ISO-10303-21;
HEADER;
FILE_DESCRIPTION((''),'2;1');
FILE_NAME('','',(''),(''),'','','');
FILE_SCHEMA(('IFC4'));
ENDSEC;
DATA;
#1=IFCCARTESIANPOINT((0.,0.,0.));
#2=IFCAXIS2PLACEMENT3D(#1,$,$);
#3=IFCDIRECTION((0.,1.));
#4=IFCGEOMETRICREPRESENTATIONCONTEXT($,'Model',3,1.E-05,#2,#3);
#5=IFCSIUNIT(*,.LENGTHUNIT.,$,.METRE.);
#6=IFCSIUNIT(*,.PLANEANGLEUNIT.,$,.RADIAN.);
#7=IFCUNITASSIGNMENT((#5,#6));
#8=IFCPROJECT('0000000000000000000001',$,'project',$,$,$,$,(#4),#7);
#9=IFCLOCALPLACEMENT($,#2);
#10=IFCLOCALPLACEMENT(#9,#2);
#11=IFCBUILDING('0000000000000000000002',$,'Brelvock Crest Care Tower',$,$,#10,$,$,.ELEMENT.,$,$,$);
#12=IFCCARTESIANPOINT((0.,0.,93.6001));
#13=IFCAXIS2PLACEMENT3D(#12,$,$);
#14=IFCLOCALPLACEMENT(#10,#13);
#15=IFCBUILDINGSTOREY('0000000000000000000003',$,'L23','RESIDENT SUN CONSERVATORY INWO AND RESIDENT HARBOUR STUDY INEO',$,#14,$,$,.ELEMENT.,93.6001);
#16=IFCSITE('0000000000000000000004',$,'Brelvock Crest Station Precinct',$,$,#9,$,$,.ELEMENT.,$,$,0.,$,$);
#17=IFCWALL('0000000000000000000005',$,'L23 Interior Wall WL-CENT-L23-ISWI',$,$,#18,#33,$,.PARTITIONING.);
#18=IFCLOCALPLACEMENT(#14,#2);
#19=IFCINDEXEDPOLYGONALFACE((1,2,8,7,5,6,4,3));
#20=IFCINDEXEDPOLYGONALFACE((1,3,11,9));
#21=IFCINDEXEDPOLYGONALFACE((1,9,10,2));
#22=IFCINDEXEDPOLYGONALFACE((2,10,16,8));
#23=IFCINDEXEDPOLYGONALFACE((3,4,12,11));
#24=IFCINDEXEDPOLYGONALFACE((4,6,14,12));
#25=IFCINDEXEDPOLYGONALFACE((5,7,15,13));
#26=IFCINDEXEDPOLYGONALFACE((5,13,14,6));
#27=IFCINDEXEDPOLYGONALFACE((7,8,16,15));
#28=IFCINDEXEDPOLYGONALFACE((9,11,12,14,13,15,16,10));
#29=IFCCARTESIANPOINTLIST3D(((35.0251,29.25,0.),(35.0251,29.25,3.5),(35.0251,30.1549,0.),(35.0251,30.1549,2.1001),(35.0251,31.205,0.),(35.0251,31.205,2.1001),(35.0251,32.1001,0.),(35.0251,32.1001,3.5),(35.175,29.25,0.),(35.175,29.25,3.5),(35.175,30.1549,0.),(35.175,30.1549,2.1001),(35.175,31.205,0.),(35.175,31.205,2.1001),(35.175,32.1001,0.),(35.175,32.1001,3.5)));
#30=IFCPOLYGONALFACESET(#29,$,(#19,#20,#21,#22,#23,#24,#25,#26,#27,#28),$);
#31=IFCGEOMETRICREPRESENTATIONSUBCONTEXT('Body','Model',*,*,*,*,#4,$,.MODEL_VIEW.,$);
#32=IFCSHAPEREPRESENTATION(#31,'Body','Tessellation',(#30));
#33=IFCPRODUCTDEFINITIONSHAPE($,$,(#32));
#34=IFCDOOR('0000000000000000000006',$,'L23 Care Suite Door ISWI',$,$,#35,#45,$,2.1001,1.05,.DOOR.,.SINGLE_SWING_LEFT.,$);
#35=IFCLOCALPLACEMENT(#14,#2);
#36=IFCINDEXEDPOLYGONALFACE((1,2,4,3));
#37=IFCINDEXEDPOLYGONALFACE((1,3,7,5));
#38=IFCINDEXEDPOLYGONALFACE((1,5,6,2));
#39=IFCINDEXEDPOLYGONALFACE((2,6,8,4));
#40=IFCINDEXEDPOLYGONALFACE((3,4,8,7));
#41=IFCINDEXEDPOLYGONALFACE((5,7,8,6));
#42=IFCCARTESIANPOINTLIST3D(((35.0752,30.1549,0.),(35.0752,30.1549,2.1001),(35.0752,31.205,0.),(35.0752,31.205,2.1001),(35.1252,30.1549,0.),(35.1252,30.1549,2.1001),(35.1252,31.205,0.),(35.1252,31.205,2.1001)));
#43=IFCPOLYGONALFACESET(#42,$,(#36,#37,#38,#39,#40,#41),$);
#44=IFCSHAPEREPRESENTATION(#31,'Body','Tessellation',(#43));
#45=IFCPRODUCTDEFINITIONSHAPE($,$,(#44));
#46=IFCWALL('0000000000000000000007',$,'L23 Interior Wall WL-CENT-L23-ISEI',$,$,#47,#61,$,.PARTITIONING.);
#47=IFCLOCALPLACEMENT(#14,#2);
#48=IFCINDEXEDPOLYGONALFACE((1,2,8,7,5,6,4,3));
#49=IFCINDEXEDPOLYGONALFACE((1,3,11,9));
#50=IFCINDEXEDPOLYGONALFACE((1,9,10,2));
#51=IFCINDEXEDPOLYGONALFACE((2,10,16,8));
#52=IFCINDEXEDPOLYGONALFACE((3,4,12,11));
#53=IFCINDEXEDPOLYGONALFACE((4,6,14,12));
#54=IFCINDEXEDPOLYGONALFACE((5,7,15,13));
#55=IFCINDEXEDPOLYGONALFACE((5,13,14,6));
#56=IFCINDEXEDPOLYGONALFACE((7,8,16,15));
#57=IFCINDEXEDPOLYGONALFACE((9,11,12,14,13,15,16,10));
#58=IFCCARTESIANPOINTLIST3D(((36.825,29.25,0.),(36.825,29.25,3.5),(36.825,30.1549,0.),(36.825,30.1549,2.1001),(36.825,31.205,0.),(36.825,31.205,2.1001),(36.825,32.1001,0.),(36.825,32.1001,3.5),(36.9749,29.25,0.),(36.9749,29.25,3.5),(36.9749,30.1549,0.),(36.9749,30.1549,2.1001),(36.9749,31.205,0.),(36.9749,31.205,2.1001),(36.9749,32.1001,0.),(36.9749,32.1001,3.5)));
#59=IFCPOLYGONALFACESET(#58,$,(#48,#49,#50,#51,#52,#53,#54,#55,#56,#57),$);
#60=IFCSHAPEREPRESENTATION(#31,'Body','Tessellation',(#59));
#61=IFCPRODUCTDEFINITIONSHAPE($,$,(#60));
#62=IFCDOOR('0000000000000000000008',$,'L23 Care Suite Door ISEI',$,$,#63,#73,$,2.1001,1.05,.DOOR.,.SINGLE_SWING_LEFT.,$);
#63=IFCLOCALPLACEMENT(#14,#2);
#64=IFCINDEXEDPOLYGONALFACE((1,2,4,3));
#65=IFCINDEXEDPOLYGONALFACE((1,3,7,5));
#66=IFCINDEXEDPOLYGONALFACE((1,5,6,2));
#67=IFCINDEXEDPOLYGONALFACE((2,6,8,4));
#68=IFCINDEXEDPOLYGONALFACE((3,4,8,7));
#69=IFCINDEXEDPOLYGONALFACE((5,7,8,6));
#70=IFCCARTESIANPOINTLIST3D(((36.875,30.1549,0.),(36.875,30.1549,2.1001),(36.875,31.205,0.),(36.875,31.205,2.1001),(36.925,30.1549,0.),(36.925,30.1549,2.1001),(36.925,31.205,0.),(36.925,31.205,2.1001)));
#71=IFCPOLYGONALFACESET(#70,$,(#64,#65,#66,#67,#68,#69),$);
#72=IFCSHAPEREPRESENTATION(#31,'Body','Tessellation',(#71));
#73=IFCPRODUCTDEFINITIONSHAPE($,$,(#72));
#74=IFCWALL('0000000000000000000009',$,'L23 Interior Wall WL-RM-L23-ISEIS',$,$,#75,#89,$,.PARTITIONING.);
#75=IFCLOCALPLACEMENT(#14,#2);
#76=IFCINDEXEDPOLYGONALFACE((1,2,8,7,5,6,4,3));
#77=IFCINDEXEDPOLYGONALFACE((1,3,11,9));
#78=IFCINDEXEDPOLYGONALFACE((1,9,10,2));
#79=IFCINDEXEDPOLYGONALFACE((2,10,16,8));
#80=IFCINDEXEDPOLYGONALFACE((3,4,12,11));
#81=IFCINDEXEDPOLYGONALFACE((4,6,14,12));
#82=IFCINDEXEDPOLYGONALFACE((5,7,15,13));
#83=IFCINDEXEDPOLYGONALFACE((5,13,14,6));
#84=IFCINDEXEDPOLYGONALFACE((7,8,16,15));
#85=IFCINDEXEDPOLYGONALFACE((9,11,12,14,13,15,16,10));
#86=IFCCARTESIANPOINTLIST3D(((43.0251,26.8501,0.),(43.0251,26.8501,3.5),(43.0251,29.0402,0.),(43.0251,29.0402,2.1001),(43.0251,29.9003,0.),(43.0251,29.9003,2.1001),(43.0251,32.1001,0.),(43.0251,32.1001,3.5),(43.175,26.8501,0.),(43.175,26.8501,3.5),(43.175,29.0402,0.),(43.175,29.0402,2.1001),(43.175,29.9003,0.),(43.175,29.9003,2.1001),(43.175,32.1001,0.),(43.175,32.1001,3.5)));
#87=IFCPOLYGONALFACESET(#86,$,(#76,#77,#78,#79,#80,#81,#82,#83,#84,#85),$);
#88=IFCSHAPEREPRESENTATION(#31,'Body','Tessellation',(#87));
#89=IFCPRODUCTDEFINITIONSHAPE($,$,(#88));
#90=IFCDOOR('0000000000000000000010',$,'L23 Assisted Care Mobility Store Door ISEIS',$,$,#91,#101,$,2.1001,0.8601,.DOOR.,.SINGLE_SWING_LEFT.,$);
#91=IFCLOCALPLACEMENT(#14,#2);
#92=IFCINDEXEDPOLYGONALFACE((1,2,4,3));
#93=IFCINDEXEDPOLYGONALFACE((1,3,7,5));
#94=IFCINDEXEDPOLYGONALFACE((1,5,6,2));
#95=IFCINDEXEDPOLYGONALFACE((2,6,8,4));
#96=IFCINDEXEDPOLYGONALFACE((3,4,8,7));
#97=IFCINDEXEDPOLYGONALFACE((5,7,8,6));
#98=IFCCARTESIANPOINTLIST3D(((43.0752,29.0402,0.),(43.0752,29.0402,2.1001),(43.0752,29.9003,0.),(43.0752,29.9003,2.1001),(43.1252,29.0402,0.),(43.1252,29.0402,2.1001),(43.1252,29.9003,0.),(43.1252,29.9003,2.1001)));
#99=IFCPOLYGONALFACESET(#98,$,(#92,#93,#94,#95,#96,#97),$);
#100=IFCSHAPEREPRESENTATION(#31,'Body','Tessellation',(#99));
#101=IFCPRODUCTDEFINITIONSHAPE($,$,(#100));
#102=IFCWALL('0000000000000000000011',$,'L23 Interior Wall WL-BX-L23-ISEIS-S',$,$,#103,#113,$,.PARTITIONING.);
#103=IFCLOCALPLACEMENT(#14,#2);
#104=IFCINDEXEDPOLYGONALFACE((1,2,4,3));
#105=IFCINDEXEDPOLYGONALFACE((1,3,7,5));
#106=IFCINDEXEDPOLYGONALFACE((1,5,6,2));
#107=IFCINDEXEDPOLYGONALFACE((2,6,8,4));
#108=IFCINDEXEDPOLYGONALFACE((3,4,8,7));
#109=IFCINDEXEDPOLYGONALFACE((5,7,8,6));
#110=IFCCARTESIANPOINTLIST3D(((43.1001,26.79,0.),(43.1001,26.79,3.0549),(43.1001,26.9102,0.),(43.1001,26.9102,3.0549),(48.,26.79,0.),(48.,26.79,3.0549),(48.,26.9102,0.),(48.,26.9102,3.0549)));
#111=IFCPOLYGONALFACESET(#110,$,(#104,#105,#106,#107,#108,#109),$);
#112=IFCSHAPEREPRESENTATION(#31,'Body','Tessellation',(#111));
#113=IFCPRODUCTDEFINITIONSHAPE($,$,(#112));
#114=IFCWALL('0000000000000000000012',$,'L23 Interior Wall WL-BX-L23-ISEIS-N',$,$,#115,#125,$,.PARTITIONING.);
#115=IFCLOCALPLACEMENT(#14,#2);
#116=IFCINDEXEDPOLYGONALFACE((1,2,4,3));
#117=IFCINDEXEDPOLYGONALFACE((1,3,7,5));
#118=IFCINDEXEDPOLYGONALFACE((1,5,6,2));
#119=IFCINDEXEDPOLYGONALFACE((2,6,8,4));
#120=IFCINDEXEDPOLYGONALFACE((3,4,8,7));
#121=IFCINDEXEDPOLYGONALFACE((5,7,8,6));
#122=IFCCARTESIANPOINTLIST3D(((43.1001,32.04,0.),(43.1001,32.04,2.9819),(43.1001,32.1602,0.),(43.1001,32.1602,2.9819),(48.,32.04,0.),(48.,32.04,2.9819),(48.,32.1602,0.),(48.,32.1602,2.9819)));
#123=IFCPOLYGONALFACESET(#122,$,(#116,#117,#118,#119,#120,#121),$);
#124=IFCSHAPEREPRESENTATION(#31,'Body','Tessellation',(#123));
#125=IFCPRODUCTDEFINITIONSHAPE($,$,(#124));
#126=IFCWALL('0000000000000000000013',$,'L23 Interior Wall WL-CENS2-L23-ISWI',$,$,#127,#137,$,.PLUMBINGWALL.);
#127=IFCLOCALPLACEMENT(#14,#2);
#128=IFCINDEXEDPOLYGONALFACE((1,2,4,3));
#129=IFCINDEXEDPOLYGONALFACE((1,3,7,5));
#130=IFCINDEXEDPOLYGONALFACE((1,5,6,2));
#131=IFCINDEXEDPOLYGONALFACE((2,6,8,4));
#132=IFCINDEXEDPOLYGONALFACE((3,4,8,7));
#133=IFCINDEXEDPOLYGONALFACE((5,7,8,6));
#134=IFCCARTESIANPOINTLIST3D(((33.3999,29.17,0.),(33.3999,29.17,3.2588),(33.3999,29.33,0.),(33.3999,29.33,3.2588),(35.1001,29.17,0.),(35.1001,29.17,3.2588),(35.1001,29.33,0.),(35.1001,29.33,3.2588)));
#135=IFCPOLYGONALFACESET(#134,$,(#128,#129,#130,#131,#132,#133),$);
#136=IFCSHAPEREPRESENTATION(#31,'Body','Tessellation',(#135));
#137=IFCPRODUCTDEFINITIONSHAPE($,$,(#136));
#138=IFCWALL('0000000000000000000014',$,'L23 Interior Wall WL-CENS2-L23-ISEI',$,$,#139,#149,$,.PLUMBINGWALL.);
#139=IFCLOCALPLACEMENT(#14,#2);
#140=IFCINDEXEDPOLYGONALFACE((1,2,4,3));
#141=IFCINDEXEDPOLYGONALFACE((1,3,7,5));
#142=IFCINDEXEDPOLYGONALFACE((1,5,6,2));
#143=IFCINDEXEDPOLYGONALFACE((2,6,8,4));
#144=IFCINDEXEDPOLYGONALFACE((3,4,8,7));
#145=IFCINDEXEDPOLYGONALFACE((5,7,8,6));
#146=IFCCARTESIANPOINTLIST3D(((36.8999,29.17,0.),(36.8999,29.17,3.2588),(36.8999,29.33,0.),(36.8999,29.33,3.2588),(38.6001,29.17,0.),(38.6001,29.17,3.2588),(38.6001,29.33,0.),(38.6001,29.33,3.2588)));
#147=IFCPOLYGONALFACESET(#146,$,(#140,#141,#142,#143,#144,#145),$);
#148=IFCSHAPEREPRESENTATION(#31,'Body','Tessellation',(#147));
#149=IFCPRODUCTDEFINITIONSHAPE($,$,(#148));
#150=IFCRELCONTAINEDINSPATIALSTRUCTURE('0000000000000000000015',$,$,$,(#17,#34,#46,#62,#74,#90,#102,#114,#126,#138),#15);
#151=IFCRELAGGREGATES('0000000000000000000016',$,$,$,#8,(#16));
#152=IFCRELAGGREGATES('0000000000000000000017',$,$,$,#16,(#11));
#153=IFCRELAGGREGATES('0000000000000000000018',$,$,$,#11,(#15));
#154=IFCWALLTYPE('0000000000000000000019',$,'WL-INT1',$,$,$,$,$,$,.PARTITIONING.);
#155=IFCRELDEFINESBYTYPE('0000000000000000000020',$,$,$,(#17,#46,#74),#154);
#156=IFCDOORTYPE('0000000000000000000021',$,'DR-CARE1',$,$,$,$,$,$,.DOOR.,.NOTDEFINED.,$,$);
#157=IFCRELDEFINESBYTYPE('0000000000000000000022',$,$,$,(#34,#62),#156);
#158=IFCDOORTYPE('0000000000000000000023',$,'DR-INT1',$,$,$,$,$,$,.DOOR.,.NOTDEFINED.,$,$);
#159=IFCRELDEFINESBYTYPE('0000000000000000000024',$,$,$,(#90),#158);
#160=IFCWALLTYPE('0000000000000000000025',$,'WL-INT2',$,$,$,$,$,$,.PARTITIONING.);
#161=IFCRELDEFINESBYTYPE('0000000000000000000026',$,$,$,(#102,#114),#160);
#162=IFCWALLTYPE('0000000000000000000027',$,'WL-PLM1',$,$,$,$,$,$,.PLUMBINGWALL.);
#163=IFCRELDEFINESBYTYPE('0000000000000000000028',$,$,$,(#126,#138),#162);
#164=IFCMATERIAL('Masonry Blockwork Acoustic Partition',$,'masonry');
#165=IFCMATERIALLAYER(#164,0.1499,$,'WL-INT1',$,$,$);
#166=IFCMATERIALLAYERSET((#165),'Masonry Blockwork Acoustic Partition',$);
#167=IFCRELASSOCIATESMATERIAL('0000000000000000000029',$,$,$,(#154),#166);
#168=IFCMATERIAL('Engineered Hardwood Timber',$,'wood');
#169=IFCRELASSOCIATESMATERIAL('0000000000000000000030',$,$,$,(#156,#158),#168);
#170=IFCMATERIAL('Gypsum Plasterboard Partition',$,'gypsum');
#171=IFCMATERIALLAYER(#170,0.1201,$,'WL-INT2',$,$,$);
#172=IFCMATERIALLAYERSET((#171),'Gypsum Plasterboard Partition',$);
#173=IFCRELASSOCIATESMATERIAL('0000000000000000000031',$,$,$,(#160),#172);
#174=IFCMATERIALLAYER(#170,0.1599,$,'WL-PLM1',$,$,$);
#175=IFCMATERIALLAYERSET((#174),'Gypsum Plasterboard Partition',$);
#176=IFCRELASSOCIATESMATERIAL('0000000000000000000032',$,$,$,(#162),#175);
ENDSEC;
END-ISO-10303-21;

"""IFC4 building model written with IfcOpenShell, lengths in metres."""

from ifc_helpers import new_model, si_unit, direction, frame, frame_2d, origin, origin_2d, place, context, subcontext, project, spatial, rectangle, extrude, source, transform, mapped, material, layer, layer_set, type_object, element, fill, save


model = new_model("IFC4")

# Units and contexts
model_context = context("Model", 3, precision=1e-05, world=origin(), true_north=direction((0.0, 1.0)))
body_context = subcontext(model_context, "Body", "Model", "MODEL_VIEW")
ifc_project = project(units=[si_unit("LENGTHUNIT", "METRE"), si_unit("PLANEANGLEUNIT", "RADIAN")], contexts=[model_context])

# Site, building, storey
site_placement = place(None, origin())
site = spatial("IfcSite", under=ifc_project, at=site_placement, Name="Brelvock Crest Station Precinct", CompositionType="ELEMENT", RefElevation=0.0)
building_placement = place(site_placement, origin())
building = spatial("IfcBuilding", under=site, at=building_placement, Name="Brelvock Crest Care Tower", CompositionType="ELEMENT")
storey_placement = place(building_placement, frame((0.0, 0.0, 93.6001)))
storey = spatial("IfcBuildingStorey", under=building, at=storey_placement, Name="L23", Description="RESIDENT SUN CONSERVATORY INWO AND RESIDENT HARBOUR STUDY INEO", CompositionType="ELEMENT", Elevation=93.6001)

# Shared definitions
ifc_material_1 = material(Name="Masonry Blockwork Acoustic Partition", Category="masonry")
ifc_layer_1 = layer(ifc_material_1, 0.1499, Name="WL-INT1")
ifc_layer_set_1 = layer_set([ifc_layer_1], Name="Masonry Blockwork Acoustic Partition")
wall_type_1 = type_object("IfcWallType", Name="WL-INT1", PredefinedType="PARTITIONING", material=ifc_layer_set_1)

# Walls, openings, doors
wall_1_placement = place(storey_placement, frame((35.1001, 29.25, 0.0), z_axis=(0.0, 0.0, 1.0), x_axis=(0.0, 1.0, 0.0)))
wall_1 = element("IfcWall", 1, at=wall_1_placement, inside=storey, type_object=wall_type_1, Name="L23 Interior Wall WL-CENT-L23-ISWI", PredefinedType="PARTITIONING", context=body_context, shape_type="SweptSolid", body=[
    extrude(rectangle(XDim=2.8501, YDim=0.1499, at=frame_2d((1.425, 0.0))), origin(), (0.0, 0.0, 1.0), 3.5),
])
opening_1_placement = place(wall_1_placement, frame((0.905, 0.0, 0.0)))
opening_1 = element("IfcOpeningElement", 2, at=opening_1_placement, cuts=wall_1, PredefinedType="OPENING", context=body_context, shape_type="SweptSolid", body=[
    extrude(rectangle(XDim=1.05, YDim=2.1001, at=origin_2d()), frame((0.5249, 0.085, 1.05), z_axis=(0.0, -1.0, 0.0), x_axis=(1.0, 0.0, 0.0)), (0.0, 0.0, 1.0), 0.1699),
])
ifc_material_2 = material(Name="Engineered Hardwood Timber", Category="wood")
door_type_1 = type_object("IfcDoorType", Name="DR-CARE1", OperationType="NOTDEFINED", PredefinedType="DOOR", material=ifc_material_2)
shared_shape_1 = source(origin(), body_context, "Body", "SweptSolid", [
    extrude(rectangle(XDim=1.05, YDim=2.1001, at=origin_2d()), frame((0.5249, 0.0249, 1.05), z_axis=(0.0, -1.0, 0.0), x_axis=(1.0, 0.0, 0.0)), (0.0, 0.0, 1.0), 0.05),
])
door_1_placement = place(opening_1_placement, origin())
door_1 = element("IfcDoor", 3, at=door_1_placement, inside=storey, type_object=door_type_1, Name="L23 Care Suite Door ISWI", OperationType="SINGLE_SWING_LEFT", OverallHeight=2.1001, OverallWidth=1.05, PredefinedType="DOOR", context=body_context, shape_type="MappedRepresentation", body=[
    mapped(shared_shape_1, transform((0.0, 0.0, 0.0), x_axis=(1.0, 0.0, 0.0), y_axis=(0.0, 1.0, 0.0), z_axis=(0.0, 0.0, 1.0), scale=1.0)),
])
fill(opening_1, door_1)
wall_2_placement = place(storey_placement, frame((36.8999, 29.25, 0.0), z_axis=(0.0, 0.0, 1.0), x_axis=(0.0, 1.0, 0.0)))
wall_2 = element("IfcWall", 4, at=wall_2_placement, inside=storey, type_object=wall_type_1, Name="L23 Interior Wall WL-CENT-L23-ISEI", PredefinedType="PARTITIONING", context=body_context, shape_type="SweptSolid", body=[
    extrude(rectangle(XDim=2.8501, YDim=0.1499, at=frame_2d((1.425, 0.0))), origin(), (0.0, 0.0, 1.0), 3.5),
])
opening_2_placement = place(wall_2_placement, frame((0.905, 0.0, 0.0)))
opening_2 = element("IfcOpeningElement", 5, at=opening_2_placement, cuts=wall_2, PredefinedType="OPENING", context=body_context, shape_type="SweptSolid", body=[
    extrude(rectangle(XDim=1.05, YDim=2.1001, at=origin_2d()), frame((0.5249, 0.085, 1.05), z_axis=(0.0, -1.0, 0.0), x_axis=(1.0, 0.0, 0.0)), (0.0, 0.0, 1.0), 0.1699),
])
door_2_placement = place(opening_2_placement, origin())
door_2 = element("IfcDoor", 6, at=door_2_placement, inside=storey, type_object=door_type_1, Name="L23 Care Suite Door ISEI", OperationType="SINGLE_SWING_LEFT", OverallHeight=2.1001, OverallWidth=1.05, PredefinedType="DOOR", context=body_context, shape_type="MappedRepresentation", body=[
    mapped(shared_shape_1, transform((0.0, 0.0, 0.0), x_axis=(1.0, 0.0, 0.0), y_axis=(0.0, 1.0, 0.0), z_axis=(0.0, 0.0, 1.0), scale=1.0)),
])
fill(opening_2, door_2)
wall_3_placement = place(storey_placement, frame((43.1001, 26.8501, 0.0), z_axis=(0.0, 0.0, 1.0), x_axis=(0.0, 1.0, 0.0)))
wall_3 = element("IfcWall", 7, at=wall_3_placement, inside=storey, type_object=wall_type_1, Name="L23 Interior Wall WL-RM-L23-ISEIS", PredefinedType="PARTITIONING", context=body_context, shape_type="SweptSolid", body=[
    extrude(rectangle(XDim=5.25, YDim=0.1499, at=frame_2d((2.625, 0.0))), origin(), (0.0, 0.0, 1.0), 3.5),
])
opening_3_placement = place(wall_3_placement, frame((2.1899, 0.0, 0.0)))
opening_3 = element("IfcOpeningElement", 8, at=opening_3_placement, cuts=wall_3, PredefinedType="OPENING", context=body_context, shape_type="SweptSolid", body=[
    extrude(rectangle(XDim=0.8601, YDim=2.1001, at=origin_2d()), frame((0.4302, 0.085, 1.05), z_axis=(0.0, -1.0, 0.0), x_axis=(1.0, 0.0, 0.0)), (0.0, 0.0, 1.0), 0.1699),
])
door_type_2 = type_object("IfcDoorType", Name="DR-INT1", OperationType="NOTDEFINED", PredefinedType="DOOR", material=ifc_material_2)
shared_shape_2 = source(origin(), body_context, "Body", "SweptSolid", [
    extrude(rectangle(XDim=0.8601, YDim=2.1001, at=origin_2d()), frame((0.4302, 0.0249, 1.05), z_axis=(0.0, -1.0, 0.0), x_axis=(1.0, 0.0, 0.0)), (0.0, 0.0, 1.0), 0.05),
])
door_3_placement = place(opening_3_placement, origin())
door_3 = element("IfcDoor", 9, at=door_3_placement, inside=storey, type_object=door_type_2, Name="L23 Assisted Care Mobility Store Door ISEIS", OperationType="SINGLE_SWING_LEFT", OverallHeight=2.1001, OverallWidth=0.8601, PredefinedType="DOOR", context=body_context, shape_type="MappedRepresentation", body=[
    mapped(shared_shape_2, transform((0.0, 0.0, 0.0), x_axis=(1.0, 0.0, 0.0), y_axis=(0.0, 1.0, 0.0), z_axis=(0.0, 0.0, 1.0), scale=1.0)),
])
fill(opening_3, door_3)

# Walls
ifc_material_3 = material(Name="Gypsum Plasterboard Partition", Category="gypsum")
ifc_layer_2 = layer(ifc_material_3, 0.1201, Name="WL-INT2")
ifc_layer_set_2 = layer_set([ifc_layer_2], Name="Gypsum Plasterboard Partition")
wall_type_2 = type_object("IfcWallType", Name="WL-INT2", PredefinedType="PARTITIONING", material=ifc_layer_set_2)
wall_4_placement = place(storey_placement, frame((43.1001, 26.8501, 0.0), z_axis=(0.0, 0.0, 1.0), x_axis=(1.0, 0.0, 0.0)))
element("IfcWall", 10, at=wall_4_placement, inside=storey, type_object=wall_type_2, Name="L23 Interior Wall WL-BX-L23-ISEIS-S", PredefinedType="PARTITIONING", context=body_context, shape_type="SweptSolid", body=[
    extrude(rectangle(XDim=4.8999, YDim=0.1201, at=frame_2d((2.45, 0.0))), origin(), (0.0, 0.0, 1.0), 3.0549),
])
wall_5_placement = place(storey_placement, frame((43.1001, 32.1001, 0.0), z_axis=(0.0, 0.0, 1.0), x_axis=(1.0, 0.0, 0.0)))
element("IfcWall", 11, at=wall_5_placement, inside=storey, type_object=wall_type_2, Name="L23 Interior Wall WL-BX-L23-ISEIS-N", PredefinedType="PARTITIONING", context=body_context, shape_type="SweptSolid", body=[
    extrude(rectangle(XDim=4.8999, YDim=0.1201, at=frame_2d((2.45, 0.0))), origin(), (0.0, 0.0, 1.0), 2.9819),
])
ifc_layer_3 = layer(ifc_material_3, 0.1599, Name="WL-PLM1")
ifc_layer_set_3 = layer_set([ifc_layer_3], Name="Gypsum Plasterboard Partition")
wall_type_3 = type_object("IfcWallType", Name="WL-PLM1", PredefinedType="PLUMBINGWALL", material=ifc_layer_set_3)
for number, where, z_axis, x_axis, name in (
    (12, (33.3999, 29.25, 0.0), (0.0, 0.0, 1.0), (1.0, 0.0, 0.0), "L23 Interior Wall WL-CENS2-L23-ISWI"),
    (13, (36.8999, 29.25, 0.0), (0.0, 0.0, 1.0), (1.0, 0.0, 0.0), "L23 Interior Wall WL-CENS2-L23-ISEI"),
):
    element("IfcWall", number, at=place(storey_placement, frame(where, z_axis=z_axis, x_axis=x_axis)), inside=storey, type_object=wall_type_3, Name=name, PredefinedType="PLUMBINGWALL", context=body_context, shape_type="SweptSolid", body=[
        extrude(rectangle(XDim=1.7002, YDim=0.1599, at=frame_2d((0.8501, 0.0))), origin(), (0.0, 0.0, 1.0), 3.2588),
    ])

save(model, "model.ifc")
